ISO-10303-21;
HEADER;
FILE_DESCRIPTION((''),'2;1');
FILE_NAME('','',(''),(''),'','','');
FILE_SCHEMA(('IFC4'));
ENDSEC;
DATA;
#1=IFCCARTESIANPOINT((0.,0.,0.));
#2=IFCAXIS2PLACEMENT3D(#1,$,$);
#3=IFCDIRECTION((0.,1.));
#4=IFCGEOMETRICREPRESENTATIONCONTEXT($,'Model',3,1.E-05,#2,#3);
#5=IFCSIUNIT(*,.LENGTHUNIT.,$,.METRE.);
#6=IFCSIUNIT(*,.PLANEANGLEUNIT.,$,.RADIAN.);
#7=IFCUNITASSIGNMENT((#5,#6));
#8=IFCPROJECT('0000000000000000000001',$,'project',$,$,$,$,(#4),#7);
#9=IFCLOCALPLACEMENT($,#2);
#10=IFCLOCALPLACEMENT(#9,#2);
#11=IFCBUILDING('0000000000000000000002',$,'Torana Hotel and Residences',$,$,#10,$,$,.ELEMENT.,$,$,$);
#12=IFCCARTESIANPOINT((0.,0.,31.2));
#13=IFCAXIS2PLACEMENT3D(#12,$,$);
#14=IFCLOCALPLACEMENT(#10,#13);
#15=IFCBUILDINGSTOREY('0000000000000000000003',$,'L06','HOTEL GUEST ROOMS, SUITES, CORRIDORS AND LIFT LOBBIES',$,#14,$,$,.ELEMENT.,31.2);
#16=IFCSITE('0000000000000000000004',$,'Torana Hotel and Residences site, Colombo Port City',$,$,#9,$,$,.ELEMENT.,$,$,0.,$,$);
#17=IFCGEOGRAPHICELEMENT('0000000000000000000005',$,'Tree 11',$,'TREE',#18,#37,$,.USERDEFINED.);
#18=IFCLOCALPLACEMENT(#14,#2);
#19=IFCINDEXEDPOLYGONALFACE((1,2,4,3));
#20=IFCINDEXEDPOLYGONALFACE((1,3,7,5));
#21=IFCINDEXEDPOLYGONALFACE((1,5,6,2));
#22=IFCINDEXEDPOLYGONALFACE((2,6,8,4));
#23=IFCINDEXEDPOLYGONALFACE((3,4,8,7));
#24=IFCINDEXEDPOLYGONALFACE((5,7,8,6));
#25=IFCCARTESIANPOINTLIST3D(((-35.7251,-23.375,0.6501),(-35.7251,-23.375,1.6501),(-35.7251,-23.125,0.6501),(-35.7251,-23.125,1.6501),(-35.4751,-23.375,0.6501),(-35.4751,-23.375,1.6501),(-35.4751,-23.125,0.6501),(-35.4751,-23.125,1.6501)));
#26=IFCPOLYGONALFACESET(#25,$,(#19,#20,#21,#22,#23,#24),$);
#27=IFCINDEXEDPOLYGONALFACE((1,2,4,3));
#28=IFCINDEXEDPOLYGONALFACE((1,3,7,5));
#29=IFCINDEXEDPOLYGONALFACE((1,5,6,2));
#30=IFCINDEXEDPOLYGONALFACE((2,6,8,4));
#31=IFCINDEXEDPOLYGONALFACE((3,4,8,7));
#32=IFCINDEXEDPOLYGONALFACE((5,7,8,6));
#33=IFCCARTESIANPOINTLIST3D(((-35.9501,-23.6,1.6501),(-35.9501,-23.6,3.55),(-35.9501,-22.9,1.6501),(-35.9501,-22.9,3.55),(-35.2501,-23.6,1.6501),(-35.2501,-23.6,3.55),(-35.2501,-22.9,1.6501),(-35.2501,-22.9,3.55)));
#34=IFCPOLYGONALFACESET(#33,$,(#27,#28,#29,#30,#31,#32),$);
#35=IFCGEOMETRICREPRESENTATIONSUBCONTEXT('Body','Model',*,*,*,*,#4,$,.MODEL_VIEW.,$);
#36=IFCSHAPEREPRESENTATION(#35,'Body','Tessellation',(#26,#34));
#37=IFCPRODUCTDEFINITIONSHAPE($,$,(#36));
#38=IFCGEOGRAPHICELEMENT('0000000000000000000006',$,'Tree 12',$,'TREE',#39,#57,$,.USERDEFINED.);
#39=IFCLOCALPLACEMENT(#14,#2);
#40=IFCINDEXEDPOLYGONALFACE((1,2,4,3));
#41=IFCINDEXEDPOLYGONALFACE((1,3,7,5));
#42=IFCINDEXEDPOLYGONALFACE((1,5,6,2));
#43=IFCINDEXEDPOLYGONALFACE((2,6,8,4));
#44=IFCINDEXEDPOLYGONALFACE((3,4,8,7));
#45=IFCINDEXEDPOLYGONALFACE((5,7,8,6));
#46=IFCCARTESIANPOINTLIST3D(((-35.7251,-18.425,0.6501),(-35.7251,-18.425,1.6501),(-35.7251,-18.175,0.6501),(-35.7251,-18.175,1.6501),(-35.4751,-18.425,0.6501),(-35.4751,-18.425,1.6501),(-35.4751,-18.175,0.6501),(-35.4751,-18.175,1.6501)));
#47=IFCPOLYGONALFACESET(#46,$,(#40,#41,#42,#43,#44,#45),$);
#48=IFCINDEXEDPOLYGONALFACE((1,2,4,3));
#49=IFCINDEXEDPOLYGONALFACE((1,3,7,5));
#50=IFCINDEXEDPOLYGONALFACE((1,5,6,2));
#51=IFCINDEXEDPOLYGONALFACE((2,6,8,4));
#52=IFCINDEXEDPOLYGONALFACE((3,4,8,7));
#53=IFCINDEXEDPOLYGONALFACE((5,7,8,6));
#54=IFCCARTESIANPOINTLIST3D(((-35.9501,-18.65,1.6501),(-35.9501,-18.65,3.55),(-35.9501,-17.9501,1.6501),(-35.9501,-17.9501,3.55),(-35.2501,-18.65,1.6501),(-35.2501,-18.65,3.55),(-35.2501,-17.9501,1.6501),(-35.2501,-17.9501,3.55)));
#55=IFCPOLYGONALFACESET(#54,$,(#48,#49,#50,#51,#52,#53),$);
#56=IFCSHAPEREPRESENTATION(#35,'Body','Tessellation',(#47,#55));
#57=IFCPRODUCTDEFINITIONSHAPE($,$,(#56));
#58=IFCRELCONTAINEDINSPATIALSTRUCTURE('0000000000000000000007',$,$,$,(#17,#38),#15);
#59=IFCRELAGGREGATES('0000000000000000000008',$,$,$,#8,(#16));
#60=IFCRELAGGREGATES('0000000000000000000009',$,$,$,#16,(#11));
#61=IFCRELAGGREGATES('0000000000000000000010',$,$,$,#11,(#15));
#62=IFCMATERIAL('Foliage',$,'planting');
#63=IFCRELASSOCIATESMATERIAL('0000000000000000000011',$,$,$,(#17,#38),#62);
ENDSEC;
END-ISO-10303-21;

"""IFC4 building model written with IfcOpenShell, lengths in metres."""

from ifc_helpers import new_model, si_unit, direction, frame, origin, origin_2d, place, context, subcontext, project, spatial, rectangle, extrude, material, element, save


model = new_model("IFC4")

# Units and contexts
model_context = context("Model", 3, precision=1e-05, world=origin(), true_north=direction((0.0, 1.0)))
body_context = subcontext(model_context, "Body", "Model", "MODEL_VIEW")
ifc_project = project(units=[si_unit("LENGTHUNIT", "METRE"), si_unit("PLANEANGLEUNIT", "RADIAN")], contexts=[model_context])

# Site, building, storey
site_placement = place(None, origin())
site = spatial("IfcSite", under=ifc_project, at=site_placement, Name="Torana Hotel and Residences site, Colombo Port City", CompositionType="ELEMENT", RefElevation=0.0)
building_placement = place(site_placement, origin())
building = spatial("IfcBuilding", under=site, at=building_placement, Name="Torana Hotel and Residences", CompositionType="ELEMENT")
storey_placement = place(building_placement, frame((0.0, 0.0, 31.2)))
storey = spatial("IfcBuildingStorey", under=building, at=storey_placement, Name="L06", Description="HOTEL GUEST ROOMS, SUITES, CORRIDORS AND LIFT LOBBIES", CompositionType="ELEMENT", Elevation=31.2)

# Geographic elements
ifc_material_1 = material(Name="Foliage", Category="planting")
for number, where, z_axis, x_axis, name in (
    (1, (-35.6001, -23.25, 0.6501), (0.0, 0.0, 1.0), (1.0, 0.0, 0.0), "Tree 11"),
    (2, (-35.6001, -18.3, 0.6501), (0.0, 0.0, 1.0), (1.0, 0.0, 0.0), "Tree 12"),
):
    element("IfcGeographicElement", number, at=place(storey_placement, frame(where, z_axis=z_axis, x_axis=x_axis)), inside=storey, material=ifc_material_1, Name=name, ObjectType="TREE", PredefinedType="USERDEFINED", context=body_context, shape_type="SweptSolid", body=[
        extrude(rectangle(XDim=0.25, YDim=0.25, at=origin_2d()), origin(), (0.0, 0.0, 1.0), 1.0),
        extrude(rectangle(XDim=0.7, YDim=0.7, at=origin_2d()), frame((0.0, 0.0, 1.0)), (0.0, 0.0, 1.0), 1.8999),
    ])

save(model, "model.ifc")
